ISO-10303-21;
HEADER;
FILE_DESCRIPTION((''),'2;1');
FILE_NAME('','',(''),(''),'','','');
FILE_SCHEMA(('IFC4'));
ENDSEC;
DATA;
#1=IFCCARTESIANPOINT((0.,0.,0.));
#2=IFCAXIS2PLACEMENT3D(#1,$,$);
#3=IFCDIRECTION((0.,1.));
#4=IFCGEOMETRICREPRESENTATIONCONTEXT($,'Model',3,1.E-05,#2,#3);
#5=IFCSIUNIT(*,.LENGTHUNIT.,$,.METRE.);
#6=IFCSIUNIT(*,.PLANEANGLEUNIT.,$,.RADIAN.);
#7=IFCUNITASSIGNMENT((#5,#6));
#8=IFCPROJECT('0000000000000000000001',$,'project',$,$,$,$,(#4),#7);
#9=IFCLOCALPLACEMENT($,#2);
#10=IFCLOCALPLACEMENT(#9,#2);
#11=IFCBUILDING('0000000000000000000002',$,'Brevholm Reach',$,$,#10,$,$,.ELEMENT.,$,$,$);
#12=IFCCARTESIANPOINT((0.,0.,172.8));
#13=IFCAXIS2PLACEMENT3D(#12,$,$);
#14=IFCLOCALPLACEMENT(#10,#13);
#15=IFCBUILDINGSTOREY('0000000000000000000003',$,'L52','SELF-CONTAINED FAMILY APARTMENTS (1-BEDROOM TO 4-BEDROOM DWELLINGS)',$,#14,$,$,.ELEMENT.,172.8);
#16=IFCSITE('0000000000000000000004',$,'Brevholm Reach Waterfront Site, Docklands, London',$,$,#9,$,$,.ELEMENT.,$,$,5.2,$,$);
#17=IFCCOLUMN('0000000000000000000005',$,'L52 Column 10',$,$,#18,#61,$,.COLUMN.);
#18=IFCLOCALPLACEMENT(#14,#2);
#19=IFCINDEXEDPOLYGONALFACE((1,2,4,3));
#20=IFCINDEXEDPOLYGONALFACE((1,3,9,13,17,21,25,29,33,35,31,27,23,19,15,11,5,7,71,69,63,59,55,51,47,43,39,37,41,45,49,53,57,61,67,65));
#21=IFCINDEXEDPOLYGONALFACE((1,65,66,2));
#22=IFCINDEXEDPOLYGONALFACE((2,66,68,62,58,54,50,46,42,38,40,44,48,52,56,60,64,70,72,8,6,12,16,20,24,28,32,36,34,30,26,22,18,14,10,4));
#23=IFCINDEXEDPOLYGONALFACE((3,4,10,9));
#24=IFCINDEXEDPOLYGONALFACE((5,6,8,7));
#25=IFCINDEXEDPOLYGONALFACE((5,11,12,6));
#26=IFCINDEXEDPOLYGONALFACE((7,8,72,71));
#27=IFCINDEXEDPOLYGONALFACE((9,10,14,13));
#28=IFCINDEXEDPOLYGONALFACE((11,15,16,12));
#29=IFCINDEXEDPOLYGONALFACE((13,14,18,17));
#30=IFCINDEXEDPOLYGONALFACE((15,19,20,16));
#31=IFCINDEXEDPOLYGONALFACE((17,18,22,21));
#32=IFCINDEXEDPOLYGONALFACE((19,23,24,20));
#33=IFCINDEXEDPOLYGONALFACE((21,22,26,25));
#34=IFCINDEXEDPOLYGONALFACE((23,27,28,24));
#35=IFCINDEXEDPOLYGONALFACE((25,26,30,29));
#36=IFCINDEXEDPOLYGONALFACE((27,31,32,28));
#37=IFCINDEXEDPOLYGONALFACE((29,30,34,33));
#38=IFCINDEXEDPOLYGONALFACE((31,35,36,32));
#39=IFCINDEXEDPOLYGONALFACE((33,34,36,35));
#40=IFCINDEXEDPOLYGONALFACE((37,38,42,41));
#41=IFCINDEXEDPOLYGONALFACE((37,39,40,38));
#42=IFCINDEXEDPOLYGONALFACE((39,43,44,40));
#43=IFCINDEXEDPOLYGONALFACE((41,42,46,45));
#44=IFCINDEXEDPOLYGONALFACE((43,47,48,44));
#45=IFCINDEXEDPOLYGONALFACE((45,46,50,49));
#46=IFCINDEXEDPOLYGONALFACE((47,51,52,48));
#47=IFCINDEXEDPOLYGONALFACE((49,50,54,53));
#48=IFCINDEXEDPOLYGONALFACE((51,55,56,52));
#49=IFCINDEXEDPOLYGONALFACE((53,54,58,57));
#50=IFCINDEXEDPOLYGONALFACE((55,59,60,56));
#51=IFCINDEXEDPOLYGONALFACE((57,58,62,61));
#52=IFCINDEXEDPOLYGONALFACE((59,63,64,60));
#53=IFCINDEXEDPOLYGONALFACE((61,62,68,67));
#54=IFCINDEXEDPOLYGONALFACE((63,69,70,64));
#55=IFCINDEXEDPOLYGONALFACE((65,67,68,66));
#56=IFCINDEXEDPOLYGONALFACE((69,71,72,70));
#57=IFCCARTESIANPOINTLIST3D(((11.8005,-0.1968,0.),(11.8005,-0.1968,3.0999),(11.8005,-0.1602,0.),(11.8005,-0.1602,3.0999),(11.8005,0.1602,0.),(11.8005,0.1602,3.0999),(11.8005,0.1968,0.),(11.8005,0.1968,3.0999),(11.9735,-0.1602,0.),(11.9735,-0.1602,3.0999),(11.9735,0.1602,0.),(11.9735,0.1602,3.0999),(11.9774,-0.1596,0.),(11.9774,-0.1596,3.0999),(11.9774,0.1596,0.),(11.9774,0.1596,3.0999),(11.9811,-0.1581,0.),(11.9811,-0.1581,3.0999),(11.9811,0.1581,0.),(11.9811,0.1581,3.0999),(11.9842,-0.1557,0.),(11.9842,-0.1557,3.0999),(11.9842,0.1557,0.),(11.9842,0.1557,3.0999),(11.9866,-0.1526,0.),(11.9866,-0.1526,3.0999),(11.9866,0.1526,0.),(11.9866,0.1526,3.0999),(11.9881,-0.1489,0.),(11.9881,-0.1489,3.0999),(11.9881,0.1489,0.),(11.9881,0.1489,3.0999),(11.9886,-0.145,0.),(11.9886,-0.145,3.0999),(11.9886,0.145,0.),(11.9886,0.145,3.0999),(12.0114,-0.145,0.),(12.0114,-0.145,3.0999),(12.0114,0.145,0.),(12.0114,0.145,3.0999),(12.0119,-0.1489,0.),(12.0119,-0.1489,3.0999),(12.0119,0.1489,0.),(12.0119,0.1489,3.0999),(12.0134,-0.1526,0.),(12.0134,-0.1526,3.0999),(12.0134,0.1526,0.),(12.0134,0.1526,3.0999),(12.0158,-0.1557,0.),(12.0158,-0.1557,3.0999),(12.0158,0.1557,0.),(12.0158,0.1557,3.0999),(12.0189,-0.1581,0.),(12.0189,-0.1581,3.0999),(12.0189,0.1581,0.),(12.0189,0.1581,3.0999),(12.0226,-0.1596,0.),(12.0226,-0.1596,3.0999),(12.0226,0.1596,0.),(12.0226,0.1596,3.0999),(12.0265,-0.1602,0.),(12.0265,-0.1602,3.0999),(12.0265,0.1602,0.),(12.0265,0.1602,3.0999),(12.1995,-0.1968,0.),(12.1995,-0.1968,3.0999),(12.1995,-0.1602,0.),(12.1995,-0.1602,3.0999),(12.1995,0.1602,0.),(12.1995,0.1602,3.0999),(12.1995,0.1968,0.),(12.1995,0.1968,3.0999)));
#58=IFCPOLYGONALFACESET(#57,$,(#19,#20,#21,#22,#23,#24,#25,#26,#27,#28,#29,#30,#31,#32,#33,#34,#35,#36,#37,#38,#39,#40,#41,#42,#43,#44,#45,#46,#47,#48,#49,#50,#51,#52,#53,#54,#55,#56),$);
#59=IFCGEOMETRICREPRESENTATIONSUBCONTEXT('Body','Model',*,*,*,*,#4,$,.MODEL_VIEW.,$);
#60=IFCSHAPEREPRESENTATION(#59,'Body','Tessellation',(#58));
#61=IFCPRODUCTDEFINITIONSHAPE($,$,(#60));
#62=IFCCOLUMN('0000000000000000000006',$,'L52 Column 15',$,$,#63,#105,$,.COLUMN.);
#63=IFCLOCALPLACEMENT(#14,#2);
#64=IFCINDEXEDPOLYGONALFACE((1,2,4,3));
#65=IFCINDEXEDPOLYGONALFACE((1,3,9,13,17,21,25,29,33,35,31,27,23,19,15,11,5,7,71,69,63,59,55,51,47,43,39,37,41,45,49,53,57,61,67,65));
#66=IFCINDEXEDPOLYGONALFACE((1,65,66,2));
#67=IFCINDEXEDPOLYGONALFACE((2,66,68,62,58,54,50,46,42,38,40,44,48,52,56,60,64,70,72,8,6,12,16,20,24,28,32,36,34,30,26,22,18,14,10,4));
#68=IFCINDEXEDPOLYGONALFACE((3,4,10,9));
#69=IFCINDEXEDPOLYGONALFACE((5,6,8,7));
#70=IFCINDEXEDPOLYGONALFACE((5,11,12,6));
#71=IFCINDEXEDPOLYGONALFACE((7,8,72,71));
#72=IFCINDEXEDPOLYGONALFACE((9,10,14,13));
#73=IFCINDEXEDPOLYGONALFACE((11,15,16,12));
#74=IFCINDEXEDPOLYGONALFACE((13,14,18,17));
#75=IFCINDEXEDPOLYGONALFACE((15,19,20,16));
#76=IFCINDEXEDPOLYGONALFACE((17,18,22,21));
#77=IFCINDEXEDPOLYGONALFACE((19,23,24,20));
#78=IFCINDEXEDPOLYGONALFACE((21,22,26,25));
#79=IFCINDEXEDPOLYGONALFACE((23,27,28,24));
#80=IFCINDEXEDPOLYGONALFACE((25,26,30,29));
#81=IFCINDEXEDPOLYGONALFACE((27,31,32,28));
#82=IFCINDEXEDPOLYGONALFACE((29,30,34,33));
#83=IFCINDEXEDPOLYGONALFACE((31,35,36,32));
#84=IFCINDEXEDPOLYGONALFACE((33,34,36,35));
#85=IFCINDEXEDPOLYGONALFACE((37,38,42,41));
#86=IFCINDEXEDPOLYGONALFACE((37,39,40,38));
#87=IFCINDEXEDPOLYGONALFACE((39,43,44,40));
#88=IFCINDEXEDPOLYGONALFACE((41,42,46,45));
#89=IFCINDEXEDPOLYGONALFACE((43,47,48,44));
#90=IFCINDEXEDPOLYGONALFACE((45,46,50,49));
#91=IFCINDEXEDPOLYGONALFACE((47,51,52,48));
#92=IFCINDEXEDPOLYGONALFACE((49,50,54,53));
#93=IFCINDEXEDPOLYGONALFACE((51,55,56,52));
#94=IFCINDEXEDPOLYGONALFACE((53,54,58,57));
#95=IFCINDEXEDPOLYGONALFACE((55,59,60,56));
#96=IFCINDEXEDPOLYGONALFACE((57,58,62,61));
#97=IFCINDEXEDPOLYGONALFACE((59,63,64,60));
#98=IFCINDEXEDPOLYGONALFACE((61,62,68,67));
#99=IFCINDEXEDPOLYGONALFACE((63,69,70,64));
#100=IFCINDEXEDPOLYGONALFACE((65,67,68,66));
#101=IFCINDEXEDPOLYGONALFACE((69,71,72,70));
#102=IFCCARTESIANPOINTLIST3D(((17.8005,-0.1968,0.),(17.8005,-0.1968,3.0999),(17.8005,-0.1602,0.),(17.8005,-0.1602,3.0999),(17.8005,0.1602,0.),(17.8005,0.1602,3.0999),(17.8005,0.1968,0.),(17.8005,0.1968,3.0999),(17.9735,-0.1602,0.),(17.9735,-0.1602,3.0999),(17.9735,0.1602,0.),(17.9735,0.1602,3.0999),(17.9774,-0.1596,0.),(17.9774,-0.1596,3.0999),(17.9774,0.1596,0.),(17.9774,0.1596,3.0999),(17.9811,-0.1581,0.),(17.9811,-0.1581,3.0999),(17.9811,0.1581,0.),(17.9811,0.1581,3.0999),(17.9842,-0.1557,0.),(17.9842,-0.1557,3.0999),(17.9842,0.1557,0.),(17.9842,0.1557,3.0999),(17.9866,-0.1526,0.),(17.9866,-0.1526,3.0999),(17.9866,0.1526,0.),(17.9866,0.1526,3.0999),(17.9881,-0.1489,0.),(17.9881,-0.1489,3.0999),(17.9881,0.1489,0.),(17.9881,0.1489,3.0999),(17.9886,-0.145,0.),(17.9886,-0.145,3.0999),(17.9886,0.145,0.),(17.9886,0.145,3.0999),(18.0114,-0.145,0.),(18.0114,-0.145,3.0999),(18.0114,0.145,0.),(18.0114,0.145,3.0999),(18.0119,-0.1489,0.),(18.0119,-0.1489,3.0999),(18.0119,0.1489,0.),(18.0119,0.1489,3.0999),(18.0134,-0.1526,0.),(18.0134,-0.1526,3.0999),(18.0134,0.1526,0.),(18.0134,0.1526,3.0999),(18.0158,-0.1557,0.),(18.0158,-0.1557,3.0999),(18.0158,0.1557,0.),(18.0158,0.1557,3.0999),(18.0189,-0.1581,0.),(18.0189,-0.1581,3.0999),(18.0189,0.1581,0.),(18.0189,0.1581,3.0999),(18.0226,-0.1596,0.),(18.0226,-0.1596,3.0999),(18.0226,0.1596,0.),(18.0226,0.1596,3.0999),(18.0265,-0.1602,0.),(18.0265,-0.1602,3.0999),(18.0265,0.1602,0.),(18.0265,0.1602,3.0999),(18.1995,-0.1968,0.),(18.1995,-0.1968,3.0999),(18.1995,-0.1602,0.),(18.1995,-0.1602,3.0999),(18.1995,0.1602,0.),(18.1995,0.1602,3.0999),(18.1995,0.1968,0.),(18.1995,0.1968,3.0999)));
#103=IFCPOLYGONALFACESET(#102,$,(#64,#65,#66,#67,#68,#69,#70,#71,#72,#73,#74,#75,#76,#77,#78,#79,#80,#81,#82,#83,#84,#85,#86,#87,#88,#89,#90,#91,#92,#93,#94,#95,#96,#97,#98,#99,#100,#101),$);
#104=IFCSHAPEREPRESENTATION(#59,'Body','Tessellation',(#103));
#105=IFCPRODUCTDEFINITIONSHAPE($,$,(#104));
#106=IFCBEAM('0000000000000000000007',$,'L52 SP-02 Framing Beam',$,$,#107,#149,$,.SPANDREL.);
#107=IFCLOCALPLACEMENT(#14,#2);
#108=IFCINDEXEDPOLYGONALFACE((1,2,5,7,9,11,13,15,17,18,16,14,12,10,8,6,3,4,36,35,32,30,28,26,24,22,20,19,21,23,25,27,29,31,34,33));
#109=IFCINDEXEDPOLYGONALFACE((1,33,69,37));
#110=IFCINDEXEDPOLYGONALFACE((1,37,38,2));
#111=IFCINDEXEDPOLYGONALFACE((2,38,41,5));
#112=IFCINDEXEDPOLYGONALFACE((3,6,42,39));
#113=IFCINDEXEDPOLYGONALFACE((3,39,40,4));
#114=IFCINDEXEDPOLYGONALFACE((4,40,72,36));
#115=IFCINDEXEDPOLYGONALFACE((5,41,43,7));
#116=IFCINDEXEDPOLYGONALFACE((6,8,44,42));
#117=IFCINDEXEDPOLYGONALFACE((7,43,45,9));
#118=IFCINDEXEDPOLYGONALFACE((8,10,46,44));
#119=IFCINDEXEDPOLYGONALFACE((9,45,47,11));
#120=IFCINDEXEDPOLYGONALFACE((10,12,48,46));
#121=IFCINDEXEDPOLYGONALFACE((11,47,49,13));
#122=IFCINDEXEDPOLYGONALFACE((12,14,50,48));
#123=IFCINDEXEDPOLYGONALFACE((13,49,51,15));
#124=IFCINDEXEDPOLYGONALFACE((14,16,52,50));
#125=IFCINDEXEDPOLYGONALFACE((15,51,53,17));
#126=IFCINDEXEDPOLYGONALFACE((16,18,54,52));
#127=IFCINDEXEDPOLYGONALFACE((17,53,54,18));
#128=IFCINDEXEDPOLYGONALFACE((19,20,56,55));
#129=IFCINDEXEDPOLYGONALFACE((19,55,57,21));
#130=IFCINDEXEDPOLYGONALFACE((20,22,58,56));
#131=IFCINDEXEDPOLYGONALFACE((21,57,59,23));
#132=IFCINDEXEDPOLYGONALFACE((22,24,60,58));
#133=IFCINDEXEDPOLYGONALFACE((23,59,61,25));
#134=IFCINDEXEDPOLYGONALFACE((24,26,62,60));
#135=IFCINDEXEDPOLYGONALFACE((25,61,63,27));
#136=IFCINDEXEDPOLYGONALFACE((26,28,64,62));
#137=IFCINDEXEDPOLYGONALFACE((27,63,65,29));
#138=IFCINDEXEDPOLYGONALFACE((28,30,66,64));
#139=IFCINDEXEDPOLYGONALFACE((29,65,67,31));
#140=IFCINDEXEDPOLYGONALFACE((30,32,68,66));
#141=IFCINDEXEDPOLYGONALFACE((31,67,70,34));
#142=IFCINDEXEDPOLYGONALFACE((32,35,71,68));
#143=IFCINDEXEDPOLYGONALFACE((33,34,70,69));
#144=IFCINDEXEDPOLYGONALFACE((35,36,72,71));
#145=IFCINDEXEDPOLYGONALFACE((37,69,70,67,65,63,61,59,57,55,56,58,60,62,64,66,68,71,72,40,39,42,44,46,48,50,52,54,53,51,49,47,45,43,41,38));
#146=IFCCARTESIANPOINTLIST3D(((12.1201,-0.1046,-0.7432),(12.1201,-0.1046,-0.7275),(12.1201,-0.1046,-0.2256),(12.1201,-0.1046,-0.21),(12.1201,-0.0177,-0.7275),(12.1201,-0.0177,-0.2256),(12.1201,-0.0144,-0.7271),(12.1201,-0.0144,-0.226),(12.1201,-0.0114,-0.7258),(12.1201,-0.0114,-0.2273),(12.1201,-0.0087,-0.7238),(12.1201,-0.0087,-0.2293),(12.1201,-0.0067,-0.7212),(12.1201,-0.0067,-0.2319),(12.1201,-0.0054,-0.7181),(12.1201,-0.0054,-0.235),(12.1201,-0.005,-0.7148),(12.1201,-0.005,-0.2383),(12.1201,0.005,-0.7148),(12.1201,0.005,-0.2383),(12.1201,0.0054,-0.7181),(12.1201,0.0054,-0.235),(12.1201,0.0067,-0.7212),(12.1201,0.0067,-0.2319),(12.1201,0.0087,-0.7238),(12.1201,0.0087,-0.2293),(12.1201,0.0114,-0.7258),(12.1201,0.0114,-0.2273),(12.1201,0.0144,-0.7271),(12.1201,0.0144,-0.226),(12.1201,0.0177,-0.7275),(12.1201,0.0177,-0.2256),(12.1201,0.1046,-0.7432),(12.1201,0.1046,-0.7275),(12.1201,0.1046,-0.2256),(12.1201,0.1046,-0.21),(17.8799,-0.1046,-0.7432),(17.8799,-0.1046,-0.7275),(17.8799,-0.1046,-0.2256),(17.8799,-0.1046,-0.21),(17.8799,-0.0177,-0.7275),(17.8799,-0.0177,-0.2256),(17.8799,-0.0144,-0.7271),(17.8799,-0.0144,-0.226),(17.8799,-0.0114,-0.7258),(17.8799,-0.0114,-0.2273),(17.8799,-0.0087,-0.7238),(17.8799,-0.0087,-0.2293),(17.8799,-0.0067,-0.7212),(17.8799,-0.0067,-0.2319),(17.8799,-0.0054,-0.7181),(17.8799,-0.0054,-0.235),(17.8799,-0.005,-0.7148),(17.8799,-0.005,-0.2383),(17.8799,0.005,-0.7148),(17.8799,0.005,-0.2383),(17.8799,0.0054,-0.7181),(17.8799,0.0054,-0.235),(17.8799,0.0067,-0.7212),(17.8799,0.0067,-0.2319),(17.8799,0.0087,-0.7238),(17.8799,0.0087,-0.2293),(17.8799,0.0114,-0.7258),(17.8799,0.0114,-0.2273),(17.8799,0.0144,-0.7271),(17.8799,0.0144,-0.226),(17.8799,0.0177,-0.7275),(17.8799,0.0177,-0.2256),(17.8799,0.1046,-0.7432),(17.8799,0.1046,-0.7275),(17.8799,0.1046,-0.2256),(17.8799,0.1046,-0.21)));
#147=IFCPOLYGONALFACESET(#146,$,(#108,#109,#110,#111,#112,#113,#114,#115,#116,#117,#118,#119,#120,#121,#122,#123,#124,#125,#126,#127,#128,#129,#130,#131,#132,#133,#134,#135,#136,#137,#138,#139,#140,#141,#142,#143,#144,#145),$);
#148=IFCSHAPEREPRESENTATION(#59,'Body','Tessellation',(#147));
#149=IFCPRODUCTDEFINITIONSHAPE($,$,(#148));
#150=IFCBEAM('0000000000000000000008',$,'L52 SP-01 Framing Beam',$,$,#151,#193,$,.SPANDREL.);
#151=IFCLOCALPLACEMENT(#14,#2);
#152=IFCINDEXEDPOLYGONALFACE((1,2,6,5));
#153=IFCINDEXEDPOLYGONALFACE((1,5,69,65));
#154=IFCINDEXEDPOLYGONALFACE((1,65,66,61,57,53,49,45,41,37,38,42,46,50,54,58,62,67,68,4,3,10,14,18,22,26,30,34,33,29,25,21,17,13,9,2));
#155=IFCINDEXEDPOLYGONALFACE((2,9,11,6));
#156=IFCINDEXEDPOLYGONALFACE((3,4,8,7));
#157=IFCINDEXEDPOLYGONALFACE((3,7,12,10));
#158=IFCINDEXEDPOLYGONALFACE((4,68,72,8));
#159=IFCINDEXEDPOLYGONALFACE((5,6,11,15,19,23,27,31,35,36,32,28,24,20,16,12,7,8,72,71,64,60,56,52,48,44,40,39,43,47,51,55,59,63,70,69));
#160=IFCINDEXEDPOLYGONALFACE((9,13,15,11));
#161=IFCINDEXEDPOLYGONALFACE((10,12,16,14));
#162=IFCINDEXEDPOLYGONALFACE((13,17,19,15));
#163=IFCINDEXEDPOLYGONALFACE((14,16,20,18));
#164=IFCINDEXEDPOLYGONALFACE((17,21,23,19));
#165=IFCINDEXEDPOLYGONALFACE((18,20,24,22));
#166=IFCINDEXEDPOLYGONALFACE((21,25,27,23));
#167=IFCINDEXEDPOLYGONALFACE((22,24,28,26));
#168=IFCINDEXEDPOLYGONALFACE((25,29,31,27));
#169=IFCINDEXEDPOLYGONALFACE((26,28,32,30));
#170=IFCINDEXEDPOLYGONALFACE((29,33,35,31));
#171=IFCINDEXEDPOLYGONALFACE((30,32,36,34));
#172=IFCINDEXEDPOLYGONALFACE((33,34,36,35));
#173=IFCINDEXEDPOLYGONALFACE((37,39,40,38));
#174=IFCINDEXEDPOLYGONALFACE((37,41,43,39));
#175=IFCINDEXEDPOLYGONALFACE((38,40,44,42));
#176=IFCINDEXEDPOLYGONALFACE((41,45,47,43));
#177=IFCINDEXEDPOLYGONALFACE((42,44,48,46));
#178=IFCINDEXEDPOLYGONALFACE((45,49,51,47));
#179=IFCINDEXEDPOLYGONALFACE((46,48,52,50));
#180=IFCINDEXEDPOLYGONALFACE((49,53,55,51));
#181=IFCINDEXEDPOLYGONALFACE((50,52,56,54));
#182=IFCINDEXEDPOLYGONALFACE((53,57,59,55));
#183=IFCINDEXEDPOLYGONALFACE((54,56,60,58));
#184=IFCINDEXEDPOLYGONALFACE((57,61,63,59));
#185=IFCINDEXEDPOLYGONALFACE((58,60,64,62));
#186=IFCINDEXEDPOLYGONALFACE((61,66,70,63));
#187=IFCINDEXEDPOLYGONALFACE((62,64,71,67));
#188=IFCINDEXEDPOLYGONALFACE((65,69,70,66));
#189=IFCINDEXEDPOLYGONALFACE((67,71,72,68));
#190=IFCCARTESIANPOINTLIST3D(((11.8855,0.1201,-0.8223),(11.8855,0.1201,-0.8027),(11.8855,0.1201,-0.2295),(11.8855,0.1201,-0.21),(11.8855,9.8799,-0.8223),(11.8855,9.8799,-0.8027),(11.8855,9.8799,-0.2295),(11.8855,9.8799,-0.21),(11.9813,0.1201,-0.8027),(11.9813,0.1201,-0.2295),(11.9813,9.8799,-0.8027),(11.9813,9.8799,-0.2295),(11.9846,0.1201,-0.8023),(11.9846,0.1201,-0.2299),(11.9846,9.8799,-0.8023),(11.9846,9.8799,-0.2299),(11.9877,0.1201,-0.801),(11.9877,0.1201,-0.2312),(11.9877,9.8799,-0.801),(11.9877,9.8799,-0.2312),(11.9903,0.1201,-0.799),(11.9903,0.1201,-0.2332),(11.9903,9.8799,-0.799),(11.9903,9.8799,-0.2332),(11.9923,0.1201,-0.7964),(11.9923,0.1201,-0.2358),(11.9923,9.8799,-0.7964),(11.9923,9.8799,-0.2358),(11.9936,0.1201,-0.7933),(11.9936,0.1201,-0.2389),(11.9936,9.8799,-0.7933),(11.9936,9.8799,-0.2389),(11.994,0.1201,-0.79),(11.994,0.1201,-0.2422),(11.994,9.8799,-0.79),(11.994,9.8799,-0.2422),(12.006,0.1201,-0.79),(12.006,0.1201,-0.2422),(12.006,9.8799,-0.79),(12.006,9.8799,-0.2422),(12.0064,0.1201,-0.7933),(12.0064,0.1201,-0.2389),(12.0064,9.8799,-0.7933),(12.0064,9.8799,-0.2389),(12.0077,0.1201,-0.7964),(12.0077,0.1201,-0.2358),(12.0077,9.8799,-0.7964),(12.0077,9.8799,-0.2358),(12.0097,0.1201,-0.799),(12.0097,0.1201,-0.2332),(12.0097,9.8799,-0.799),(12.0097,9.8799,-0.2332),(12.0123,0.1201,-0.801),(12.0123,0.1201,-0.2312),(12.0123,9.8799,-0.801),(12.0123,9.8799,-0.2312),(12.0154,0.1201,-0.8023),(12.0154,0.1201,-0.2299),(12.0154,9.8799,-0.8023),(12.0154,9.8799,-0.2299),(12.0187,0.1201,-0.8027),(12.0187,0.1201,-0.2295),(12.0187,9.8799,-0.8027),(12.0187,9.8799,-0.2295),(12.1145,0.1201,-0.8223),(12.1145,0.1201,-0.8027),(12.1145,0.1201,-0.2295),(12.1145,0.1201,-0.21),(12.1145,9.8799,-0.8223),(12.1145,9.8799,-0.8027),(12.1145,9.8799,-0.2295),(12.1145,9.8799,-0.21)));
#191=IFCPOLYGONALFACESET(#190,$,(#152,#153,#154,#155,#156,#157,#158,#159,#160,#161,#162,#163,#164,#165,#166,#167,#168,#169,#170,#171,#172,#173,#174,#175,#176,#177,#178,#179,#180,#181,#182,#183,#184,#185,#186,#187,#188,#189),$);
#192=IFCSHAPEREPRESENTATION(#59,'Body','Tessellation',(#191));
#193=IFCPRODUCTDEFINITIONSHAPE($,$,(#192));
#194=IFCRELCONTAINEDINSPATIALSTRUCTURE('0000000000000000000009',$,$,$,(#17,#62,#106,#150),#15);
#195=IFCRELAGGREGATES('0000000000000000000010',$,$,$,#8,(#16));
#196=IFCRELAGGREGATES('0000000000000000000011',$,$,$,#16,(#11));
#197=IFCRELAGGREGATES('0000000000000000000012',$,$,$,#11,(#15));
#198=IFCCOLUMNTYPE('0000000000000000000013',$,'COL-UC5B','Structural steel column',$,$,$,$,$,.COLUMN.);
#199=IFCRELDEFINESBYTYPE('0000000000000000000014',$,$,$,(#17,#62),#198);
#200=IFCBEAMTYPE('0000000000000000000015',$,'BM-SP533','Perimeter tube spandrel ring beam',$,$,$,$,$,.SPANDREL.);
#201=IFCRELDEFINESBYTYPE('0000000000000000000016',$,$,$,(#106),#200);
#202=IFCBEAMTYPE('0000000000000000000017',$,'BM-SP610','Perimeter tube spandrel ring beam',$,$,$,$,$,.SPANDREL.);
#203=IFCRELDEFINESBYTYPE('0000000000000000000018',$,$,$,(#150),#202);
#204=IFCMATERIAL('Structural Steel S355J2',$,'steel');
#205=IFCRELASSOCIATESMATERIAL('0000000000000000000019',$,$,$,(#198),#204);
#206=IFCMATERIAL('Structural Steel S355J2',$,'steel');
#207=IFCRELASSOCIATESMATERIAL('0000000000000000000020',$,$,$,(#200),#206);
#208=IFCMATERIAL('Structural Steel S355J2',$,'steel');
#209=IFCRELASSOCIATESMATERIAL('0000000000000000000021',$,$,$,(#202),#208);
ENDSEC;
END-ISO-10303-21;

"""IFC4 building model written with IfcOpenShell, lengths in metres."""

from ifc_helpers import new_model, si_unit, direction, frame, origin, origin_2d, place, context, subcontext, project, spatial, i_section, extrude, material, material_profile, profile_set, type_object, element, save


model = new_model("IFC4")

# Units and contexts
model_context = context("Model", 3, precision=1e-05, world=origin(), true_north=direction((0.0, 1.0)))
body_context = subcontext(model_context, "Body", "Model", "MODEL_VIEW")
ifc_project = project(units=[si_unit("LENGTHUNIT", "METRE"), si_unit("PLANEANGLEUNIT", "RADIAN")], contexts=[model_context])

# Site, building, storey
site_placement = place(None, origin())
site = spatial("IfcSite", under=ifc_project, at=site_placement, Name="Brevholm Reach Waterfront Site, Docklands, London", CompositionType="ELEMENT", RefElevation=5.2)
building_placement = place(site_placement, origin())
building = spatial("IfcBuilding", under=site, at=building_placement, Name="Brevholm Reach", CompositionType="ELEMENT")
storey_placement = place(building_placement, frame((0.0, 0.0, 172.8)))
storey = spatial("IfcBuildingStorey", under=building, at=storey_placement, Name="L52", Description="SELF-CONTAINED FAMILY APARTMENTS (1-BEDROOM TO 4-BEDROOM DWELLINGS)", CompositionType="ELEMENT", Elevation=172.8)

# Columns
ifc_material_1 = material(Name="Structural Steel S355J2", Category="steel")
ifc_material_profile_1 = material_profile(ifc_material_1, i_section(OverallWidth=0.3989, OverallDepth=0.3936, WebThickness=0.0227, FlangeThickness=0.0366, FilletRadius=0.0151, at=origin_2d()), Name="UKC 356x406x287")
ifc_profile_set_1 = profile_set([ifc_material_profile_1], Name="Structural Steel S355J2")
column_type = type_object("IfcColumnType", Name="COL-UC5B", Description="Structural steel column", PredefinedType="COLUMN", material=ifc_profile_set_1)
for number, where, z_axis, x_axis, name in (
    (1, (12.0, 0.0, 0.0), (0.0, 0.0, 1.0), (1.0, 0.0, 0.0), "L52 Column 10"),
    (2, (18.0, 0.0, 0.0), (0.0, 0.0, 1.0), (1.0, 0.0, 0.0), "L52 Column 15"),
):
    element("IfcColumn", number, at=place(storey_placement, frame(where, z_axis=z_axis, x_axis=x_axis)), inside=storey, type_object=column_type, Name=name, PredefinedType="COLUMN", context=body_context, shape_type="SweptSolid", body=[
        extrude(i_section(OverallWidth=0.3989, OverallDepth=0.3936, WebThickness=0.0227, FlangeThickness=0.0366, FilletRadius=0.0151, at=origin_2d()), origin(), (0.0, 0.0, 1.0), 3.0999),
    ])

# Beams
ifc_material_2 = material(Name="Structural Steel S355J2", Category="steel")
ifc_material_profile_2 = material_profile(ifc_material_2, i_section(OverallWidth=0.2092, OverallDepth=0.5332, WebThickness=0.01, FlangeThickness=0.0156, FilletRadius=0.0127, at=origin_2d()), Name="UKB 533x210x92")
ifc_profile_set_2 = profile_set([ifc_material_profile_2], Name="Structural Steel S355J2")
beam_type_1 = type_object("IfcBeamType", Name="BM-SP533", Description="Perimeter tube spandrel ring beam", PredefinedType="SPANDREL", material=ifc_profile_set_2)
beam_1_placement = place(storey_placement, frame((12.1201, 0.0, -0.4766), z_axis=(1.0, 0.0, 0.0), x_axis=(0.0, 1.0, 0.0)))
element("IfcBeam", 3, at=beam_1_placement, inside=storey, type_object=beam_type_1, Name="L52 SP-02 Framing Beam", PredefinedType="SPANDREL", context=body_context, shape_type="SweptSolid", body=[
    extrude(i_section(OverallWidth=0.2092, OverallDepth=0.5332, WebThickness=0.01, FlangeThickness=0.0156, FilletRadius=0.0127, at=origin_2d()), origin(), (0.0, 0.0, 1.0), 5.7598),
])
ifc_material_3 = material(Name="Structural Steel S355J2", Category="steel")
ifc_material_profile_3 = material_profile(ifc_material_3, i_section(OverallWidth=0.229, OverallDepth=0.6123, WebThickness=0.012, FlangeThickness=0.0195, FilletRadius=0.0127, at=origin_2d()), Name="UKB 610x229x125")
ifc_profile_set_3 = profile_set([ifc_material_profile_3], Name="Structural Steel S355J2")
beam_type_2 = type_object("IfcBeamType", Name="BM-SP610", Description="Perimeter tube spandrel ring beam", PredefinedType="SPANDREL", material=ifc_profile_set_3)
beam_2_placement = place(storey_placement, frame((12.0, 0.1201, -0.5161), z_axis=(0.0, 1.0, 0.0), x_axis=(-1.0, 0.0, 0.0)))
element("IfcBeam", 4, at=beam_2_placement, inside=storey, type_object=beam_type_2, Name="L52 SP-01 Framing Beam", PredefinedType="SPANDREL", context=body_context, shape_type="SweptSolid", body=[
    extrude(i_section(OverallWidth=0.229, OverallDepth=0.6123, WebThickness=0.012, FlangeThickness=0.0195, FilletRadius=0.0127, at=origin_2d()), origin(), (0.0, 0.0, 1.0), 9.7598),
])

save(model, "model.ifc")
